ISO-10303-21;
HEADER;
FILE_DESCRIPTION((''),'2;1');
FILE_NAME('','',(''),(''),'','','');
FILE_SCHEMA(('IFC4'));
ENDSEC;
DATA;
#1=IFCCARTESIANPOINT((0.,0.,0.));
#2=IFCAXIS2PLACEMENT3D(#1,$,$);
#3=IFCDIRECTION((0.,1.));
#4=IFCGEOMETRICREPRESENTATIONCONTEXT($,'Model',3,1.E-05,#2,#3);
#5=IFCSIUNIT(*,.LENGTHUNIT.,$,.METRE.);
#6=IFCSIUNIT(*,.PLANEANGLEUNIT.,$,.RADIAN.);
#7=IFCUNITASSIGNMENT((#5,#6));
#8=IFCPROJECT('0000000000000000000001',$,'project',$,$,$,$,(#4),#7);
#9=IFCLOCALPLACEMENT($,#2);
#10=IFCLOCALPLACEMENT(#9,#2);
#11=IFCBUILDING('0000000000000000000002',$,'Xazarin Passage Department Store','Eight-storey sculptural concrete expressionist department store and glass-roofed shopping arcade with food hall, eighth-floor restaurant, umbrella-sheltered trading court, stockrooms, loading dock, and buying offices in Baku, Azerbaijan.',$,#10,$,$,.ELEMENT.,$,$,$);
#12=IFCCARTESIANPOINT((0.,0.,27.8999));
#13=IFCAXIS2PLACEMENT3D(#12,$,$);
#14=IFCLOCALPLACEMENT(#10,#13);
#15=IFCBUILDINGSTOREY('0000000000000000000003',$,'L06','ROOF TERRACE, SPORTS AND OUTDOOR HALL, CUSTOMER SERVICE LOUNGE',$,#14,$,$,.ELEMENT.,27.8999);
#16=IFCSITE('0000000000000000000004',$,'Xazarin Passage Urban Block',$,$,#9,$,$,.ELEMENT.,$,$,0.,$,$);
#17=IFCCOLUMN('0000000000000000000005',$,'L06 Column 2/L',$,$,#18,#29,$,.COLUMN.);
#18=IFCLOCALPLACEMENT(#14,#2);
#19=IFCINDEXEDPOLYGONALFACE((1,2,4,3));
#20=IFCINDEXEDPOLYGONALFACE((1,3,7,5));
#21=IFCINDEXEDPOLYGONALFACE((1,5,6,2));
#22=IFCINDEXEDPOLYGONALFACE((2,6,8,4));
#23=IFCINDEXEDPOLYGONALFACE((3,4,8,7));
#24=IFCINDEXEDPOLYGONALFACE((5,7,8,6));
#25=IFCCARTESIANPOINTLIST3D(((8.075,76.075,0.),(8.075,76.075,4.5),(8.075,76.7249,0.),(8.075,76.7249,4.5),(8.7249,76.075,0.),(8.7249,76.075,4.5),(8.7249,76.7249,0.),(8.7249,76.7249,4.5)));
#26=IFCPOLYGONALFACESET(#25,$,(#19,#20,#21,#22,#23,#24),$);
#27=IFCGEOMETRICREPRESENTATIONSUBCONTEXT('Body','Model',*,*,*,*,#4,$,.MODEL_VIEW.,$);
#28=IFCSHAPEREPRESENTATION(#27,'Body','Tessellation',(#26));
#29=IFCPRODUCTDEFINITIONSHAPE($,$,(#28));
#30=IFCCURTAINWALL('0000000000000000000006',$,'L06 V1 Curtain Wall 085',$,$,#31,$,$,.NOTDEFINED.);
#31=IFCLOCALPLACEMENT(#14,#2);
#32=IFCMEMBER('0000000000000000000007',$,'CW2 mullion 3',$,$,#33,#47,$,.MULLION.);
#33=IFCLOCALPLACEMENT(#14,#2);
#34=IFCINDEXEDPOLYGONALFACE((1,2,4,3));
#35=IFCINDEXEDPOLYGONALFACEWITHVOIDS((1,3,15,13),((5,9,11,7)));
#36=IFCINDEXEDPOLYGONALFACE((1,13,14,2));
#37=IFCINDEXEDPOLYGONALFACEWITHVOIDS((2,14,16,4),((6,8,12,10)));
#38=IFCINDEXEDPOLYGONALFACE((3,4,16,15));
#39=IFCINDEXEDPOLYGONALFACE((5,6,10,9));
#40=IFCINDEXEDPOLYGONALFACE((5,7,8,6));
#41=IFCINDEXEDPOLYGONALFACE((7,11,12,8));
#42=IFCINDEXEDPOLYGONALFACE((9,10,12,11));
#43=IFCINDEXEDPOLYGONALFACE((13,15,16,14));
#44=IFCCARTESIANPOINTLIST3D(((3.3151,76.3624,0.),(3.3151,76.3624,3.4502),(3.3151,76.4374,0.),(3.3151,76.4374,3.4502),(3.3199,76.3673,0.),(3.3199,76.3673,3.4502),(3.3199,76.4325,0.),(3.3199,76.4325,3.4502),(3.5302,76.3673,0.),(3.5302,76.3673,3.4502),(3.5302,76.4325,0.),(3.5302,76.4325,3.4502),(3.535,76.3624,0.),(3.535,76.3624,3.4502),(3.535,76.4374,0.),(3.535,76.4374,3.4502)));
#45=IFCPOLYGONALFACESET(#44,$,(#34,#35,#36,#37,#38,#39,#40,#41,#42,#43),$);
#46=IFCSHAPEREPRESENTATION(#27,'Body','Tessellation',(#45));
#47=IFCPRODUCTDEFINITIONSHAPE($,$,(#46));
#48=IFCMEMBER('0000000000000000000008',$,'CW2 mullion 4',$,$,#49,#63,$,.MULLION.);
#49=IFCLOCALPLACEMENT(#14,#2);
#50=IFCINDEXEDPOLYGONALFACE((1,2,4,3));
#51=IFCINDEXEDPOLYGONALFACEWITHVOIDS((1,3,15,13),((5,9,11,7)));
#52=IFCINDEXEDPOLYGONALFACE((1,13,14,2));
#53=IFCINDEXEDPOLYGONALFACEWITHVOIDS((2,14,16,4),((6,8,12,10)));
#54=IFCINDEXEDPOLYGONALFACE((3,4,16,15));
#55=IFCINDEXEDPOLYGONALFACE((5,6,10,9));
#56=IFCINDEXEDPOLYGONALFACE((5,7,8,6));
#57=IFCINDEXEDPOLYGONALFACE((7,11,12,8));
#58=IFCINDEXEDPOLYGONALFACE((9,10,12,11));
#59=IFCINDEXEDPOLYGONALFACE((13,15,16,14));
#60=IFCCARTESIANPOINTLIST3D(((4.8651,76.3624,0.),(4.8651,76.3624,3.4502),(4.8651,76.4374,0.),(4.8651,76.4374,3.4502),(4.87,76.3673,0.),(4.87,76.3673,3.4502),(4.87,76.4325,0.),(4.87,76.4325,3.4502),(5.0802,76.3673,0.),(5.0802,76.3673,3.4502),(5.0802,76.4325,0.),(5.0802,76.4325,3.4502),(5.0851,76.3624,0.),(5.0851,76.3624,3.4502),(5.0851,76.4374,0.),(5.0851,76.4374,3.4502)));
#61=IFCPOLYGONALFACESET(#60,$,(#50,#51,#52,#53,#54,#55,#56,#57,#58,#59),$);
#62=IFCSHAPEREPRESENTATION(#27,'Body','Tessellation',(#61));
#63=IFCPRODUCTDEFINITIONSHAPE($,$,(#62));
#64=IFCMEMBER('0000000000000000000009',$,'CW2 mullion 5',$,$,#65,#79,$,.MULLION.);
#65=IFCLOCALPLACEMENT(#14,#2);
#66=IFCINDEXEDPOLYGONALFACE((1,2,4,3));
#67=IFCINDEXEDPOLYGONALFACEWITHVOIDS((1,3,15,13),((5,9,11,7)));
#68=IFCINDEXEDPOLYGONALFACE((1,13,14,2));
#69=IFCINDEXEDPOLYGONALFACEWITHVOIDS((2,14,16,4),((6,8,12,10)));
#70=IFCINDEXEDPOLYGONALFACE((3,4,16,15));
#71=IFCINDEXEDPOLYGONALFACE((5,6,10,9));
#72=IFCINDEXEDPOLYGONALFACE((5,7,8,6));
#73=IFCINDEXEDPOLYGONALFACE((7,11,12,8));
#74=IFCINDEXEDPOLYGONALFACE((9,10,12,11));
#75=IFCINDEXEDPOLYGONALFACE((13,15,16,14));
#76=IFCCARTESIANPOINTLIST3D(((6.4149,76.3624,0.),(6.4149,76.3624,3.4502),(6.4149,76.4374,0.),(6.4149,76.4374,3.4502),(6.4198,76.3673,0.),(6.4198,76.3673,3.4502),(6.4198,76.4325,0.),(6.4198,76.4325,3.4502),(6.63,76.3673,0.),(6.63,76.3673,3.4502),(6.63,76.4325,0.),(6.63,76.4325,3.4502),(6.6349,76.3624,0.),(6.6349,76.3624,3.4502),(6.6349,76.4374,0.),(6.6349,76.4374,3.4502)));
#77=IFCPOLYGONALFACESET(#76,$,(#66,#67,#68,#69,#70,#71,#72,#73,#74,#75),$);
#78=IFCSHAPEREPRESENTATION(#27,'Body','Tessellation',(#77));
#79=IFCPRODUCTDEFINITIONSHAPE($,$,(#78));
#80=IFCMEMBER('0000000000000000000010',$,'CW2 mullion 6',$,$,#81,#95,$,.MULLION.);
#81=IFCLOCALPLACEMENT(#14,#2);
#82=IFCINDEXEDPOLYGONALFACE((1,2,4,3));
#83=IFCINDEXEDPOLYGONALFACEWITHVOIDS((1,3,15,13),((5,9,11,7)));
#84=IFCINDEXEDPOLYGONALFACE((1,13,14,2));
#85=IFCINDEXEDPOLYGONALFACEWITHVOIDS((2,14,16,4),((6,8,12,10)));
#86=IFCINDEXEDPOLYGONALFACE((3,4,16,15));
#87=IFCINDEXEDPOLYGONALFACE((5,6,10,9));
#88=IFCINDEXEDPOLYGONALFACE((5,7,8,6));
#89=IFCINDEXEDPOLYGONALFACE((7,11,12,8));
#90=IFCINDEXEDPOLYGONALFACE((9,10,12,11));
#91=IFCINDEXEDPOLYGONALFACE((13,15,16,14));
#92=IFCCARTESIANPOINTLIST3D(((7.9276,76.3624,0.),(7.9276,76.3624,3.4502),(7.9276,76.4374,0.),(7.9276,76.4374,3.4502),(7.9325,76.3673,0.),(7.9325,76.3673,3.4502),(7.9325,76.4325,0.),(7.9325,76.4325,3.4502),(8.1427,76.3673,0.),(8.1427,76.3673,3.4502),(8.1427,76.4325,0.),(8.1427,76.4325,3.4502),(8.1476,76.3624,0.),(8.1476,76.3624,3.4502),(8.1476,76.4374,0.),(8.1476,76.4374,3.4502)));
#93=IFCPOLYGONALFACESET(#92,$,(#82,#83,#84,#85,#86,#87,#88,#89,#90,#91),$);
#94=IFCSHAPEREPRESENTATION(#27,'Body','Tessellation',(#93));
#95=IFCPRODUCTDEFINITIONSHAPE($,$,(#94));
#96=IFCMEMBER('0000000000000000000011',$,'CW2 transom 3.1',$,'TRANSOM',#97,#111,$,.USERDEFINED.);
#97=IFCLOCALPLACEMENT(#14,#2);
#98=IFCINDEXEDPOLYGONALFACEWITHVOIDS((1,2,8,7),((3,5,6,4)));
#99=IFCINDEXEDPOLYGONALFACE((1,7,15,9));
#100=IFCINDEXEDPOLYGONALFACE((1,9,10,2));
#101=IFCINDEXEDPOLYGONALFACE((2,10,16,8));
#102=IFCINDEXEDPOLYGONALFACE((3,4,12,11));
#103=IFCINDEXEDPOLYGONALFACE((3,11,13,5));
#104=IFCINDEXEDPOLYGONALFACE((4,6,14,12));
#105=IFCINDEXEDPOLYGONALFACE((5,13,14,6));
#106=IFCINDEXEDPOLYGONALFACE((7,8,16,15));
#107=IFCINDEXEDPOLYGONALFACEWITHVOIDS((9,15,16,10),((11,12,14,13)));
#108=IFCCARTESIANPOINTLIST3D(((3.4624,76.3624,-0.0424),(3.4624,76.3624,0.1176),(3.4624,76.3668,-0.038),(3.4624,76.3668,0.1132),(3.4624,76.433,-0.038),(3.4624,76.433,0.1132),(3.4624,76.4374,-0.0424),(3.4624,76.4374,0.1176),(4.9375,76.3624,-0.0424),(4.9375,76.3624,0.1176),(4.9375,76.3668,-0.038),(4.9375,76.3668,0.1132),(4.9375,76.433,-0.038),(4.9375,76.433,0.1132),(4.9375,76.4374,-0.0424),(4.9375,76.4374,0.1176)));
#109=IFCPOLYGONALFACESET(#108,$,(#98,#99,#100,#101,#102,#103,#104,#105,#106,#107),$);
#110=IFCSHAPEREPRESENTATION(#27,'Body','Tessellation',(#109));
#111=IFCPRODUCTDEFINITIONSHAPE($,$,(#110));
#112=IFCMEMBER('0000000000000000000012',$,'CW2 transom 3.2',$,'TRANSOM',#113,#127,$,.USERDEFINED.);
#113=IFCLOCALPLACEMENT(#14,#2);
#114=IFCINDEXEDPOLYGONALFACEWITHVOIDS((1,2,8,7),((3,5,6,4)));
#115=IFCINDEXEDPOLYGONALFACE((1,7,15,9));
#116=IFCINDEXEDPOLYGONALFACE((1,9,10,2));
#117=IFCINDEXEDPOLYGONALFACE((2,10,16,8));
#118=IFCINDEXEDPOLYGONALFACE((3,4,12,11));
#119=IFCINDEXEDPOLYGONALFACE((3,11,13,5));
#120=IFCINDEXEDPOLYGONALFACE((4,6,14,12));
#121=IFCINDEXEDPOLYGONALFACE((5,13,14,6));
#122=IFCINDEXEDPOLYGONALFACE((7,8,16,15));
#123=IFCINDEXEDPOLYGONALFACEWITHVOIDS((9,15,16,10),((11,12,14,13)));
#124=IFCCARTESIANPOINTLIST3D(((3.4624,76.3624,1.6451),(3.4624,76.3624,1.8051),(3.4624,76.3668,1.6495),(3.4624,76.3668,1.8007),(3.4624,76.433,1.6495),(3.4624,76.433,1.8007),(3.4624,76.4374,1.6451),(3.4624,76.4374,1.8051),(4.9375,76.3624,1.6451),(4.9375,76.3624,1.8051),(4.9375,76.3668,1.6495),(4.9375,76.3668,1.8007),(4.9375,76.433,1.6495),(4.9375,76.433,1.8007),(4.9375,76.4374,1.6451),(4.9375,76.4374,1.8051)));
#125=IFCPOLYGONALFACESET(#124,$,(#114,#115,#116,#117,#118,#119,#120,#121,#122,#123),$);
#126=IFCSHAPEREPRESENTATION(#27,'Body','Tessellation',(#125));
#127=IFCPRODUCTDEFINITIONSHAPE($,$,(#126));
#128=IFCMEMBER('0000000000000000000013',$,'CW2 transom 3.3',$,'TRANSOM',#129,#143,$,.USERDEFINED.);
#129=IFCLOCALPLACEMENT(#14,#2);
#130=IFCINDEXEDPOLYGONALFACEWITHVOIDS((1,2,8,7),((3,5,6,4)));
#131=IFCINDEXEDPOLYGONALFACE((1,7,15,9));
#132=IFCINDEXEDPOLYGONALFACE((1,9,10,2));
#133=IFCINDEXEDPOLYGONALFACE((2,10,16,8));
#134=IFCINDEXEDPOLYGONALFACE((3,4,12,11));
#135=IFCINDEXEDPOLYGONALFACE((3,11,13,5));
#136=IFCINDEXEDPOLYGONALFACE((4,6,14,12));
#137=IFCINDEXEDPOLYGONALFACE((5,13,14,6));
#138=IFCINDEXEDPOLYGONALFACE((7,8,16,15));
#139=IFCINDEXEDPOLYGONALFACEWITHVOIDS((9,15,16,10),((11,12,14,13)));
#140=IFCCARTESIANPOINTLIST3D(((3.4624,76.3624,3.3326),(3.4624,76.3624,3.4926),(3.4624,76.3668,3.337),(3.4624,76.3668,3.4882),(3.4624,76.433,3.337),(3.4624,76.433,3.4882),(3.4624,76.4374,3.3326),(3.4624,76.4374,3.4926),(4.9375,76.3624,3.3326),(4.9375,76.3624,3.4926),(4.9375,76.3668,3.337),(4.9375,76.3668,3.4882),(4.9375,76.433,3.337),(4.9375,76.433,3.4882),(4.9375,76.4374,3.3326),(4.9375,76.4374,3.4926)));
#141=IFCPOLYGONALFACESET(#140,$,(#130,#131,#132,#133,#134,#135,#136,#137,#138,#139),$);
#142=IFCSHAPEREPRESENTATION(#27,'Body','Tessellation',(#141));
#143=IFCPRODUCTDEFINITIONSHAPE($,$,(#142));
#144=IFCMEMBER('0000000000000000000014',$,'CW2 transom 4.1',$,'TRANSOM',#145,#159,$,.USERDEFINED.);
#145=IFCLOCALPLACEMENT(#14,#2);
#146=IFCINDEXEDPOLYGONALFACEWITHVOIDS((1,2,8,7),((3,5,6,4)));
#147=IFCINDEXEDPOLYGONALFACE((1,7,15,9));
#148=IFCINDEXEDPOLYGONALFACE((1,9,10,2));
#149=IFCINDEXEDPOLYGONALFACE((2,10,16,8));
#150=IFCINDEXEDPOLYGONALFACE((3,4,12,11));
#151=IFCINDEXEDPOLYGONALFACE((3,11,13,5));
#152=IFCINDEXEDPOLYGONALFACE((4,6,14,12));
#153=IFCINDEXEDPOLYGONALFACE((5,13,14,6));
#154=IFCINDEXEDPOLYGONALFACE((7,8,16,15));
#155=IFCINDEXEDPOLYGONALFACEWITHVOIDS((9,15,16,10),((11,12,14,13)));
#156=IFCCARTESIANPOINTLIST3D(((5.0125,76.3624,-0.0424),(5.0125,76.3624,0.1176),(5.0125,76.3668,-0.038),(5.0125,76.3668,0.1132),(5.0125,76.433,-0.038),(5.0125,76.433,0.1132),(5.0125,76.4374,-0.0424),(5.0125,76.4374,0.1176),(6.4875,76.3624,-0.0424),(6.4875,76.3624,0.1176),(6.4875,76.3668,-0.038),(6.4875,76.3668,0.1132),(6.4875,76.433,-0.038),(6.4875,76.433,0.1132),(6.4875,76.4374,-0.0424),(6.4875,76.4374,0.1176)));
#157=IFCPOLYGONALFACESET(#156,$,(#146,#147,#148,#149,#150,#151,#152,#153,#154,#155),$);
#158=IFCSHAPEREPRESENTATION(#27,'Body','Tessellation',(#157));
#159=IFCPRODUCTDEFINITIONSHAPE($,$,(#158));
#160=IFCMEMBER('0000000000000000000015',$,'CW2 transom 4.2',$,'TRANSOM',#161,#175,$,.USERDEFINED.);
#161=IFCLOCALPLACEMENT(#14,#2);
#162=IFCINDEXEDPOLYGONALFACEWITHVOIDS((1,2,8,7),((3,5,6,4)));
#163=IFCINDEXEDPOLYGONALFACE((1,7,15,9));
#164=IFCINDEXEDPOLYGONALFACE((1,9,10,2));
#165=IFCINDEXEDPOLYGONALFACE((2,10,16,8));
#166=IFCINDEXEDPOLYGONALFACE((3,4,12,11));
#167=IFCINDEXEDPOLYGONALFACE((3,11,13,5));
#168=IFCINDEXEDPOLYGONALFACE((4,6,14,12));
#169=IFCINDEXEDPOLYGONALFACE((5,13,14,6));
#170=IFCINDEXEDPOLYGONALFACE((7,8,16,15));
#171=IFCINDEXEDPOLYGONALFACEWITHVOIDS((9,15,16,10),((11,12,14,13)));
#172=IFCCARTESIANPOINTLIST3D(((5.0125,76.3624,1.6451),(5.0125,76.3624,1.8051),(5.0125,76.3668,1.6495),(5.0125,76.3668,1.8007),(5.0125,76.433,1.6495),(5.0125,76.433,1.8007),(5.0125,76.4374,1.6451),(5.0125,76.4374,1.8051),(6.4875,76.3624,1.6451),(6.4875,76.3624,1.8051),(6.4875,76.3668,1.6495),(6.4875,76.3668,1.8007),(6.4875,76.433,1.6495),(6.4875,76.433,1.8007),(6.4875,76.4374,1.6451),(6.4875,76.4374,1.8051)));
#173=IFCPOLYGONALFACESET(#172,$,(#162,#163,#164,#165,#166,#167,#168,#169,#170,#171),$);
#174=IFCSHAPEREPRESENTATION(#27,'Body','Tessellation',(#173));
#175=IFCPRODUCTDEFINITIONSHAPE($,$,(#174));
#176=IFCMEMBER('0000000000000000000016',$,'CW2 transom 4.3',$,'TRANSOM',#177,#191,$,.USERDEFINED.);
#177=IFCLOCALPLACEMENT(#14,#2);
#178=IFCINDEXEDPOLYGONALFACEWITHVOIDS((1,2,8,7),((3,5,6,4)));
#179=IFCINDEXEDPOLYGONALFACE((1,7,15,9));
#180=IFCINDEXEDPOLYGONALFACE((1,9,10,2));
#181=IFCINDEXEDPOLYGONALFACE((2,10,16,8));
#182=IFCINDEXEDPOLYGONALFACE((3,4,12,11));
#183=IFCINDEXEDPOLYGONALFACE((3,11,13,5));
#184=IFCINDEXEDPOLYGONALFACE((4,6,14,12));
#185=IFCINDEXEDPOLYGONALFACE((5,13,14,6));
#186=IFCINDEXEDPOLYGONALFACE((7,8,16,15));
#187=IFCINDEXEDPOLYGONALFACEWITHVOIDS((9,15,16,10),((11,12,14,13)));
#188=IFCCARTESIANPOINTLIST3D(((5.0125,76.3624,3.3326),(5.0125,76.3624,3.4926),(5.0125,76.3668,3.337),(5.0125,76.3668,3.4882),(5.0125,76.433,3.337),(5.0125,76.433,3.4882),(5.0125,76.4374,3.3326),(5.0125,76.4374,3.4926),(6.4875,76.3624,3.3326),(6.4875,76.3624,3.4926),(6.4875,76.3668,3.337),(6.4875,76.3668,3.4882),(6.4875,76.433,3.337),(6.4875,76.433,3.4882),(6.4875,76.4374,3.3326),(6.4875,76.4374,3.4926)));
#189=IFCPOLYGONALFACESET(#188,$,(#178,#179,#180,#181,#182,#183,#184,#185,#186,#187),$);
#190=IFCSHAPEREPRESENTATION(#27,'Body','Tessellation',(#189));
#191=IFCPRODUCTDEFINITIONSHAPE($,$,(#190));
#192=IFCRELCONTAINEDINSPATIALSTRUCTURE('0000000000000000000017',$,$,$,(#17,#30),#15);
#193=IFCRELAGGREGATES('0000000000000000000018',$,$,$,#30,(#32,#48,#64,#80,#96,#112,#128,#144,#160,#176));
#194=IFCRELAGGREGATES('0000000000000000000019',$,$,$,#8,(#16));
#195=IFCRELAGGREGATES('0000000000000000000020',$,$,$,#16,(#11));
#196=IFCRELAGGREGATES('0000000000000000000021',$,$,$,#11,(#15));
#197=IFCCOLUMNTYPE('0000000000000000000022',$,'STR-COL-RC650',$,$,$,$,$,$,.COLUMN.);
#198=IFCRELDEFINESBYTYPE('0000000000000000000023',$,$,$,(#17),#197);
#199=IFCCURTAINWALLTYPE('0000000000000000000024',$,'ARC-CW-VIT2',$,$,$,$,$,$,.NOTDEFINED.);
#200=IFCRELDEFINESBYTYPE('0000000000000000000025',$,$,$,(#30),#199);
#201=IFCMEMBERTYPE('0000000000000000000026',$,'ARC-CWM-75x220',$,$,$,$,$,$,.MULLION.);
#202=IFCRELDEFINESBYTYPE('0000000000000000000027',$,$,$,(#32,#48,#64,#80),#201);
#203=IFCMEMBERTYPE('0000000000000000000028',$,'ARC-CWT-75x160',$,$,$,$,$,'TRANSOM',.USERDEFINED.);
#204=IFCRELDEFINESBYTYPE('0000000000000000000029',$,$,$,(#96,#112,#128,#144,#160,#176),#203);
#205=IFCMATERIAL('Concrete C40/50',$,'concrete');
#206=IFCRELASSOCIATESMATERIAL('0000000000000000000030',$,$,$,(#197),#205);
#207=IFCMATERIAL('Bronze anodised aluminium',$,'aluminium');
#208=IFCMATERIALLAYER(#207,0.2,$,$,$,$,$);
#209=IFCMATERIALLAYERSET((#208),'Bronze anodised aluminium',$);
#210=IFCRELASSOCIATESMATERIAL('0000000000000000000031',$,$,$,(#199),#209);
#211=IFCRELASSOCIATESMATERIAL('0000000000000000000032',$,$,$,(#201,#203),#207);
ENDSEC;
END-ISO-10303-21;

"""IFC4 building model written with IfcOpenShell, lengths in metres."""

from ifc_helpers import new_model, si_unit, direction, frame, origin, origin_2d, place, context, subcontext, project, spatial, rectangle, hollow_rectangle, extrude, material, layer, layer_set, material_profile, profile_set, type_object, element, aggregate, save


model = new_model("IFC4")

# Units and contexts
model_context = context("Model", 3, precision=1e-05, world=origin(), true_north=direction((0.0, 1.0)))
body_context = subcontext(model_context, "Body", "Model", "MODEL_VIEW")
ifc_project = project(units=[si_unit("LENGTHUNIT", "METRE"), si_unit("PLANEANGLEUNIT", "RADIAN")], contexts=[model_context])

# Site, building, storey
site_placement = place(None, origin())
site = spatial("IfcSite", under=ifc_project, at=site_placement, Name="Xazarin Passage Urban Block", CompositionType="ELEMENT", RefElevation=0.0)
building_placement = place(site_placement, origin())
building = spatial("IfcBuilding", under=site, at=building_placement, Name="Xazarin Passage Department Store", Description="Eight-storey sculptural concrete expressionist department store and glass-roofed shopping arcade with food hall, eighth-floor restaurant, umbrella-sheltered trading court, stockrooms, loading dock, and buying offices in Baku, Azerbaijan.", CompositionType="ELEMENT")
storey_placement = place(building_placement, frame((0.0, 0.0, 27.8999)))
storey = spatial("IfcBuildingStorey", under=building, at=storey_placement, Name="L06", Description="ROOF TERRACE, SPORTS AND OUTDOOR HALL, CUSTOMER SERVICE LOUNGE", CompositionType="ELEMENT", Elevation=27.8999)

# Column
ifc_material_1 = material(Name="Concrete C40/50", Category="concrete")
ifc_material_profile_1 = material_profile(ifc_material_1, rectangle(XDim=0.6499, YDim=0.6499, at=origin_2d()), Name="RC 650x650")
ifc_profile_set_1 = profile_set([ifc_material_profile_1], Name="Concrete C40/50")
column_type = type_object("IfcColumnType", Name="STR-COL-RC650", PredefinedType="COLUMN", material=ifc_profile_set_1)
column_placement = place(storey_placement, frame((8.3999, 76.3999, 0.0), z_axis=(0.0, 0.0, 1.0), x_axis=(1.0, 0.0, 0.0)))
element("IfcColumn", 1, at=column_placement, inside=storey, type_object=column_type, Name="L06 Column 2/L", PredefinedType="COLUMN", context=body_context, shape_type="SweptSolid", body=[
    extrude(rectangle(XDim=0.6499, YDim=0.6499, at=origin_2d()), origin(), (0.0, 0.0, 1.0), 4.5),
])

# Curtain wall, members
ifc_material_2 = material(Name="Bronze anodised aluminium", Category="aluminium")
ifc_layer_1 = layer(ifc_material_2, 0.2)
ifc_layer_set_1 = layer_set([ifc_layer_1], Name="Bronze anodised aluminium")
curtain_wall_type = type_object("IfcCurtainWallType", Name="ARC-CW-VIT2", PredefinedType="NOTDEFINED", material=ifc_layer_set_1)
curtain_wall_placement = place(storey_placement, origin())
curtain_wall = element("IfcCurtainWall", 2, at=curtain_wall_placement, inside=storey, type_object=curtain_wall_type, Name="L06 V1 Curtain Wall 085", PredefinedType="NOTDEFINED")
ifc_material_profile_2 = material_profile(ifc_material_2, hollow_rectangle(XDim=0.075, YDim=0.22, WallThickness=0.0049, at=origin_2d()), Name="ALU 75x220")
ifc_profile_set_2 = profile_set([ifc_material_profile_2], Name="Bronze anodised aluminium")
member_type_1 = type_object("IfcMemberType", Name="ARC-CWM-75x220", PredefinedType="MULLION", material=ifc_profile_set_2)
member_1_placement = place(storey_placement, frame((3.425, 76.3999, 0.0), z_axis=(0.0, 0.0, 1.0), x_axis=(0.0, 1.0, 0.0)))
member_1 = element("IfcMember", 3, at=member_1_placement, type_object=member_type_1, Name="CW2 mullion 3", PredefinedType="MULLION", context=body_context, shape_type="SweptSolid", body=[
    extrude(hollow_rectangle(XDim=0.075, YDim=0.22, WallThickness=0.0049, at=origin_2d()), origin(), (0.0, 0.0, 1.0), 3.4502),
])
member_2_placement = place(storey_placement, frame((4.9751, 76.3999, 0.0), z_axis=(0.0, 0.0, 1.0), x_axis=(0.0, 1.0, 0.0)))
member_2 = element("IfcMember", 4, at=member_2_placement, type_object=member_type_1, Name="CW2 mullion 4", PredefinedType="MULLION", context=body_context, shape_type="SweptSolid", body=[
    extrude(hollow_rectangle(XDim=0.075, YDim=0.22, WallThickness=0.0049, at=origin_2d()), origin(), (0.0, 0.0, 1.0), 3.4502),
])
member_3_placement = place(storey_placement, frame((6.5249, 76.3999, 0.0), z_axis=(0.0, 0.0, 1.0), x_axis=(0.0, 1.0, 0.0)))
member_3 = element("IfcMember", 5, at=member_3_placement, type_object=member_type_1, Name="CW2 mullion 5", PredefinedType="MULLION", context=body_context, shape_type="SweptSolid", body=[
    extrude(hollow_rectangle(XDim=0.075, YDim=0.22, WallThickness=0.0049, at=origin_2d()), origin(), (0.0, 0.0, 1.0), 3.4502),
])
member_4_placement = place(storey_placement, frame((8.0376, 76.3999, 0.0), z_axis=(0.0, 0.0, 1.0), x_axis=(0.0, 1.0, 0.0)))
member_4 = element("IfcMember", 6, at=member_4_placement, type_object=member_type_1, Name="CW2 mullion 6", PredefinedType="MULLION", context=body_context, shape_type="SweptSolid", body=[
    extrude(hollow_rectangle(XDim=0.075, YDim=0.22, WallThickness=0.0049, at=origin_2d()), origin(), (0.0, 0.0, 1.0), 3.4502),
])
ifc_material_profile_3 = material_profile(ifc_material_2, hollow_rectangle(XDim=0.075, YDim=0.1599, WallThickness=0.0044, at=origin_2d()), Name="ALU 75x160")
ifc_profile_set_3 = profile_set([ifc_material_profile_3], Name="Bronze anodised aluminium")
member_type_2 = type_object("IfcMemberType", Name="ARC-CWT-75x160", ElementType="TRANSOM", PredefinedType="USERDEFINED", material=ifc_profile_set_3)
member_5_placement = place(storey_placement, frame((3.4624, 76.3999, 0.0376), z_axis=(1.0, 0.0, 0.0), x_axis=(0.0, 1.0, 0.0)))
member_5 = element("IfcMember", 7, at=member_5_placement, type_object=member_type_2, Name="CW2 transom 3.1", ObjectType="TRANSOM", PredefinedType="USERDEFINED", context=body_context, shape_type="SweptSolid", body=[
    extrude(hollow_rectangle(XDim=0.075, YDim=0.1599, WallThickness=0.0044, at=origin_2d()), origin(), (0.0, 0.0, 1.0), 1.4751),
])
member_6_placement = place(storey_placement, frame((3.4624, 76.3999, 1.7251), z_axis=(1.0, 0.0, 0.0), x_axis=(0.0, 1.0, 0.0)))
member_6 = element("IfcMember", 8, at=member_6_placement, type_object=member_type_2, Name="CW2 transom 3.2", ObjectType="TRANSOM", PredefinedType="USERDEFINED", context=body_context, shape_type="SweptSolid", body=[
    extrude(hollow_rectangle(XDim=0.075, YDim=0.1599, WallThickness=0.0044, at=origin_2d()), origin(), (0.0, 0.0, 1.0), 1.4751),
])
member_7_placement = place(storey_placement, frame((3.4624, 76.3999, 3.4126), z_axis=(1.0, 0.0, 0.0), x_axis=(0.0, 1.0, 0.0)))
member_7 = element("IfcMember", 9, at=member_7_placement, type_object=member_type_2, Name="CW2 transom 3.3", ObjectType="TRANSOM", PredefinedType="USERDEFINED", context=body_context, shape_type="SweptSolid", body=[
    extrude(hollow_rectangle(XDim=0.075, YDim=0.1599, WallThickness=0.0044, at=origin_2d()), origin(), (0.0, 0.0, 1.0), 1.4751),
])
member_8_placement = place(storey_placement, frame((5.0125, 76.3999, 0.0376), z_axis=(1.0, 0.0, 0.0), x_axis=(0.0, 1.0, 0.0)))
member_8 = element("IfcMember", 10, at=member_8_placement, type_object=member_type_2, Name="CW2 transom 4.1", ObjectType="TRANSOM", PredefinedType="USERDEFINED", context=body_context, shape_type="SweptSolid", body=[
    extrude(hollow_rectangle(XDim=0.075, YDim=0.1599, WallThickness=0.0044, at=origin_2d()), origin(), (0.0, 0.0, 1.0), 1.4751),
])
member_9_placement = place(storey_placement, frame((5.0125, 76.3999, 1.7251), z_axis=(1.0, 0.0, 0.0), x_axis=(0.0, 1.0, 0.0)))
member_9 = element("IfcMember", 11, at=member_9_placement, type_object=member_type_2, Name="CW2 transom 4.2", ObjectType="TRANSOM", PredefinedType="USERDEFINED", context=body_context, shape_type="SweptSolid", body=[
    extrude(hollow_rectangle(XDim=0.075, YDim=0.1599, WallThickness=0.0044, at=origin_2d()), origin(), (0.0, 0.0, 1.0), 1.4751),
])
member_10_placement = place(storey_placement, frame((5.0125, 76.3999, 3.4126), z_axis=(1.0, 0.0, 0.0), x_axis=(0.0, 1.0, 0.0)))
member_10 = element("IfcMember", 12, at=member_10_placement, type_object=member_type_2, Name="CW2 transom 4.3", ObjectType="TRANSOM", PredefinedType="USERDEFINED", context=body_context, shape_type="SweptSolid", body=[
    extrude(hollow_rectangle(XDim=0.075, YDim=0.1599, WallThickness=0.0044, at=origin_2d()), origin(), (0.0, 0.0, 1.0), 1.4751),
])

aggregate(curtain_wall, [member_1, member_2, member_3, member_4, member_5, member_6, member_7, member_8, member_9, member_10])

save(model, "model.ifc")
